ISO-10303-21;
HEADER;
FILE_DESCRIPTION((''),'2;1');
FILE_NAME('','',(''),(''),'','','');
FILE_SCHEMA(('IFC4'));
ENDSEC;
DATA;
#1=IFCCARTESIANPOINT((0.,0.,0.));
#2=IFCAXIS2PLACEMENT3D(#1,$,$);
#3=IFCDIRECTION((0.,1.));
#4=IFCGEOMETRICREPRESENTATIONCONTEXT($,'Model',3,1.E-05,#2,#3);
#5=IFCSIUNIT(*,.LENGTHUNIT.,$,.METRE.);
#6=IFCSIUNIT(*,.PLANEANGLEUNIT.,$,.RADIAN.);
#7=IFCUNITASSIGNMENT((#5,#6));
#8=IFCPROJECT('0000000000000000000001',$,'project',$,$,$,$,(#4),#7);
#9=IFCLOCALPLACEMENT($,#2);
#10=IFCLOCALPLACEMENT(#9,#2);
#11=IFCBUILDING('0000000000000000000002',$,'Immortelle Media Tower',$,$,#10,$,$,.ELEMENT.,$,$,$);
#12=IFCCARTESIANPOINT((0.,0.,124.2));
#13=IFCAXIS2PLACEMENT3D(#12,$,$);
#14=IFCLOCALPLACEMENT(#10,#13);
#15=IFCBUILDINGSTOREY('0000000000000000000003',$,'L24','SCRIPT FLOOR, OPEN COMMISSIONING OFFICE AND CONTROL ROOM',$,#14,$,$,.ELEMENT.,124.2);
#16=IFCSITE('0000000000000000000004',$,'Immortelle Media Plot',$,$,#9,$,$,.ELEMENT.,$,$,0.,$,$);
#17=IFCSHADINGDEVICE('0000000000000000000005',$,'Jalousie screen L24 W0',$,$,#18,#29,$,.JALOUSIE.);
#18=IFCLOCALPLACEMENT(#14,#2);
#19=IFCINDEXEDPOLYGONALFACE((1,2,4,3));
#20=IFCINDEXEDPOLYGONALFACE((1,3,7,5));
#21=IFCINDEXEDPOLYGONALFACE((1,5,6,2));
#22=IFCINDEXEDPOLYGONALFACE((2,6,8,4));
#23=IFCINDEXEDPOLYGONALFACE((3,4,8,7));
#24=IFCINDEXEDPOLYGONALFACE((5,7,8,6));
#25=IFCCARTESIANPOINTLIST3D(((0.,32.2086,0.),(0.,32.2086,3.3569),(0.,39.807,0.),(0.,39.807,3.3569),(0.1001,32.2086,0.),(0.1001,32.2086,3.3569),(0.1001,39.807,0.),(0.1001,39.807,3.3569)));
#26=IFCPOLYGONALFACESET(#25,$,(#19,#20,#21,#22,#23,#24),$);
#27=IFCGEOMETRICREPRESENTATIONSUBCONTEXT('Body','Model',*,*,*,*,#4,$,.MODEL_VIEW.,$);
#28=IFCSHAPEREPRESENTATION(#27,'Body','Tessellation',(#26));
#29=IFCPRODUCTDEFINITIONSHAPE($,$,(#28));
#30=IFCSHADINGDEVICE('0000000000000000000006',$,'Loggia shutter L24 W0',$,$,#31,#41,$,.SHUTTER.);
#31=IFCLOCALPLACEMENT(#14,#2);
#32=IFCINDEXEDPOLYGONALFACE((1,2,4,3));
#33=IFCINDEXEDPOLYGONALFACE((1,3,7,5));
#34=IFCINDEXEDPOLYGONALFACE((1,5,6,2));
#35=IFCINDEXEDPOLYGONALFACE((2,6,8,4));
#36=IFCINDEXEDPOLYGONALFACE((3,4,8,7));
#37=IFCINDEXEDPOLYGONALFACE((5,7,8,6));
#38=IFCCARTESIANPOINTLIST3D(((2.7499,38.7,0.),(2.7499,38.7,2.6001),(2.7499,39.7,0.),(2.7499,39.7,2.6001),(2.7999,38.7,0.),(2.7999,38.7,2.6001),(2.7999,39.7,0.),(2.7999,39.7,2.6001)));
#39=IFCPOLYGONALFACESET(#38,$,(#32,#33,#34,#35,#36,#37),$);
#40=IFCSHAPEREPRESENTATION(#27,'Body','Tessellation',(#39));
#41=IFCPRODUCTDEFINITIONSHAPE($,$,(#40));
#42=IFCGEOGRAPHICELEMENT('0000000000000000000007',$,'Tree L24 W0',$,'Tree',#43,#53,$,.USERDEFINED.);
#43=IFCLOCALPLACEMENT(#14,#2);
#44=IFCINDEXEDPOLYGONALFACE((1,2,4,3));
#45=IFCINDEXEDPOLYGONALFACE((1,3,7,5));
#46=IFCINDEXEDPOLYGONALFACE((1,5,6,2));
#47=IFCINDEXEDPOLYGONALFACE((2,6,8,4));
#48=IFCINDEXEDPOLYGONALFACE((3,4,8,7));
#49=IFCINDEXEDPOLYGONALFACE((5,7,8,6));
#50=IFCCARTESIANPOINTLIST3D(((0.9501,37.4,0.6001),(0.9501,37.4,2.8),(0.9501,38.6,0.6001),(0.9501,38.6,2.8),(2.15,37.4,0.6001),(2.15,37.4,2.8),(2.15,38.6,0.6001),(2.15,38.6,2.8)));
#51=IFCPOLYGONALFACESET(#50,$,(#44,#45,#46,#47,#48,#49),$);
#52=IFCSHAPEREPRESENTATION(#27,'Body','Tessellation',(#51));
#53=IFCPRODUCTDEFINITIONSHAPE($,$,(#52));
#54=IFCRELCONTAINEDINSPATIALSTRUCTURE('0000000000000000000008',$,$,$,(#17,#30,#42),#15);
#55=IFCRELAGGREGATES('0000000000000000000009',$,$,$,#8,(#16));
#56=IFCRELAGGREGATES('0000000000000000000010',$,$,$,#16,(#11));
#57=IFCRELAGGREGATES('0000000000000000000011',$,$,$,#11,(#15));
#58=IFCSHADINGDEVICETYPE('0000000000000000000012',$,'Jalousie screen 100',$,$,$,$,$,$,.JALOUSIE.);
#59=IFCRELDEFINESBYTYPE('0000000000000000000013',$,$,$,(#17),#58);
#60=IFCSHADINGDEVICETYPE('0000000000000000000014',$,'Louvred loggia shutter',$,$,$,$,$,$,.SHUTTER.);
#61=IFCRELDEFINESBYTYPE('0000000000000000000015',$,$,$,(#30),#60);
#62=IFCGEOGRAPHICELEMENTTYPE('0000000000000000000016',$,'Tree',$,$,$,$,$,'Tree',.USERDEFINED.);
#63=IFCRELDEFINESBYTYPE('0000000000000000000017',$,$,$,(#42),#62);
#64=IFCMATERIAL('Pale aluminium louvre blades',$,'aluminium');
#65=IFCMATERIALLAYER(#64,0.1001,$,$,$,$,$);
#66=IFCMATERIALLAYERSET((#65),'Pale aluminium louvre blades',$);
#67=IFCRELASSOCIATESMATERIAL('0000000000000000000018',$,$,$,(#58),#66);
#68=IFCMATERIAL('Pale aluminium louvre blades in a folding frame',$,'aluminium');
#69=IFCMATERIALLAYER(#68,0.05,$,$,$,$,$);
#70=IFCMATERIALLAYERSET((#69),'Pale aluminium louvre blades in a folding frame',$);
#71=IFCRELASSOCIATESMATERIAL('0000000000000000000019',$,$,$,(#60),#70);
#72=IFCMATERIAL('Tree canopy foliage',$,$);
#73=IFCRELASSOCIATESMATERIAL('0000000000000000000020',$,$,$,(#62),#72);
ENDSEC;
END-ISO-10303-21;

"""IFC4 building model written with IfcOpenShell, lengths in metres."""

from ifc_helpers import new_model, si_unit, direction, frame, origin, origin_2d, place, context, subcontext, project, spatial, rectangle, extrude, material, layer, layer_set, type_object, element, save


model = new_model("IFC4")

# Units and contexts
model_context = context("Model", 3, precision=1e-05, world=origin(), true_north=direction((0.0, 1.0)))
body_context = subcontext(model_context, "Body", "Model", "MODEL_VIEW")
ifc_project = project(units=[si_unit("LENGTHUNIT", "METRE"), si_unit("PLANEANGLEUNIT", "RADIAN")], contexts=[model_context])

# Site, building, storey
site_placement = place(None, origin())
site = spatial("IfcSite", under=ifc_project, at=site_placement, Name="Immortelle Media Plot", CompositionType="ELEMENT", RefElevation=0.0)
building_placement = place(site_placement, origin())
building = spatial("IfcBuilding", under=site, at=building_placement, Name="Immortelle Media Tower", CompositionType="ELEMENT")
storey_placement = place(building_placement, frame((0.0, 0.0, 124.2)))
storey = spatial("IfcBuildingStorey", under=building, at=storey_placement, Name="L24", Description="SCRIPT FLOOR, OPEN COMMISSIONING OFFICE AND CONTROL ROOM", CompositionType="ELEMENT", Elevation=124.2)

# Shading devices
ifc_material_1 = material(Name="Pale aluminium louvre blades", Category="aluminium")
ifc_layer_1 = layer(ifc_material_1, 0.1001)
ifc_layer_set_1 = layer_set([ifc_layer_1], Name="Pale aluminium louvre blades")
shading_device_type_1 = type_object("IfcShadingDeviceType", Name="Jalousie screen 100", PredefinedType="JALOUSIE", material=ifc_layer_set_1)
shading_device_1_placement = place(storey_placement, frame((0.05, 36.0078, 0.0), z_axis=(0.0, 0.0, 1.0), x_axis=(0.0, -1.0, 0.0)))
element("IfcShadingDevice", 1, at=shading_device_1_placement, inside=storey, type_object=shading_device_type_1, Name="Jalousie screen L24 W0", PredefinedType="JALOUSIE", context=body_context, shape_type="SweptSolid", body=[
    extrude(rectangle(XDim=7.5984, YDim=0.1001, at=origin_2d()), origin(), (0.0, 0.0, 1.0), 3.3569),
])
ifc_material_2 = material(Name="Pale aluminium louvre blades in a folding frame", Category="aluminium")
ifc_layer_2 = layer(ifc_material_2, 0.05)
ifc_layer_set_2 = layer_set([ifc_layer_2], Name="Pale aluminium louvre blades in a folding frame")
shading_device_type_2 = type_object("IfcShadingDeviceType", Name="Louvred loggia shutter", PredefinedType="SHUTTER", material=ifc_layer_set_2)
shading_device_2_placement = place(storey_placement, frame((2.7749, 39.2, 0.0), z_axis=(0.0, 0.0, 1.0), x_axis=(0.0, -1.0, 0.0)))
element("IfcShadingDevice", 2, at=shading_device_2_placement, inside=storey, type_object=shading_device_type_2, Name="Loggia shutter L24 W0", PredefinedType="SHUTTER", context=body_context, shape_type="SweptSolid", body=[
    extrude(rectangle(XDim=1.0, YDim=0.05, at=origin_2d()), origin(), (0.0, 0.0, 1.0), 2.6001),
])

# Geographic element
ifc_material_3 = material(Name="Tree canopy foliage")
geographic_element_type = type_object("IfcGeographicElementType", Name="Tree", ElementType="Tree", PredefinedType="USERDEFINED", material=ifc_material_3)
geographic_element_placement = place(storey_placement, frame((1.55, 38.0, 0.6001), z_axis=(0.0, 0.0, 1.0), x_axis=(1.0, 0.0, 0.0)))
element("IfcGeographicElement", 3, at=geographic_element_placement, inside=storey, type_object=geographic_element_type, Name="Tree L24 W0", ObjectType="Tree", PredefinedType="USERDEFINED", context=body_context, shape_type="SweptSolid", body=[
    extrude(rectangle(XDim=1.2, YDim=1.2, at=origin_2d()), origin(), (0.0, 0.0, 1.0), 2.2),
])

save(model, "model.ifc")
